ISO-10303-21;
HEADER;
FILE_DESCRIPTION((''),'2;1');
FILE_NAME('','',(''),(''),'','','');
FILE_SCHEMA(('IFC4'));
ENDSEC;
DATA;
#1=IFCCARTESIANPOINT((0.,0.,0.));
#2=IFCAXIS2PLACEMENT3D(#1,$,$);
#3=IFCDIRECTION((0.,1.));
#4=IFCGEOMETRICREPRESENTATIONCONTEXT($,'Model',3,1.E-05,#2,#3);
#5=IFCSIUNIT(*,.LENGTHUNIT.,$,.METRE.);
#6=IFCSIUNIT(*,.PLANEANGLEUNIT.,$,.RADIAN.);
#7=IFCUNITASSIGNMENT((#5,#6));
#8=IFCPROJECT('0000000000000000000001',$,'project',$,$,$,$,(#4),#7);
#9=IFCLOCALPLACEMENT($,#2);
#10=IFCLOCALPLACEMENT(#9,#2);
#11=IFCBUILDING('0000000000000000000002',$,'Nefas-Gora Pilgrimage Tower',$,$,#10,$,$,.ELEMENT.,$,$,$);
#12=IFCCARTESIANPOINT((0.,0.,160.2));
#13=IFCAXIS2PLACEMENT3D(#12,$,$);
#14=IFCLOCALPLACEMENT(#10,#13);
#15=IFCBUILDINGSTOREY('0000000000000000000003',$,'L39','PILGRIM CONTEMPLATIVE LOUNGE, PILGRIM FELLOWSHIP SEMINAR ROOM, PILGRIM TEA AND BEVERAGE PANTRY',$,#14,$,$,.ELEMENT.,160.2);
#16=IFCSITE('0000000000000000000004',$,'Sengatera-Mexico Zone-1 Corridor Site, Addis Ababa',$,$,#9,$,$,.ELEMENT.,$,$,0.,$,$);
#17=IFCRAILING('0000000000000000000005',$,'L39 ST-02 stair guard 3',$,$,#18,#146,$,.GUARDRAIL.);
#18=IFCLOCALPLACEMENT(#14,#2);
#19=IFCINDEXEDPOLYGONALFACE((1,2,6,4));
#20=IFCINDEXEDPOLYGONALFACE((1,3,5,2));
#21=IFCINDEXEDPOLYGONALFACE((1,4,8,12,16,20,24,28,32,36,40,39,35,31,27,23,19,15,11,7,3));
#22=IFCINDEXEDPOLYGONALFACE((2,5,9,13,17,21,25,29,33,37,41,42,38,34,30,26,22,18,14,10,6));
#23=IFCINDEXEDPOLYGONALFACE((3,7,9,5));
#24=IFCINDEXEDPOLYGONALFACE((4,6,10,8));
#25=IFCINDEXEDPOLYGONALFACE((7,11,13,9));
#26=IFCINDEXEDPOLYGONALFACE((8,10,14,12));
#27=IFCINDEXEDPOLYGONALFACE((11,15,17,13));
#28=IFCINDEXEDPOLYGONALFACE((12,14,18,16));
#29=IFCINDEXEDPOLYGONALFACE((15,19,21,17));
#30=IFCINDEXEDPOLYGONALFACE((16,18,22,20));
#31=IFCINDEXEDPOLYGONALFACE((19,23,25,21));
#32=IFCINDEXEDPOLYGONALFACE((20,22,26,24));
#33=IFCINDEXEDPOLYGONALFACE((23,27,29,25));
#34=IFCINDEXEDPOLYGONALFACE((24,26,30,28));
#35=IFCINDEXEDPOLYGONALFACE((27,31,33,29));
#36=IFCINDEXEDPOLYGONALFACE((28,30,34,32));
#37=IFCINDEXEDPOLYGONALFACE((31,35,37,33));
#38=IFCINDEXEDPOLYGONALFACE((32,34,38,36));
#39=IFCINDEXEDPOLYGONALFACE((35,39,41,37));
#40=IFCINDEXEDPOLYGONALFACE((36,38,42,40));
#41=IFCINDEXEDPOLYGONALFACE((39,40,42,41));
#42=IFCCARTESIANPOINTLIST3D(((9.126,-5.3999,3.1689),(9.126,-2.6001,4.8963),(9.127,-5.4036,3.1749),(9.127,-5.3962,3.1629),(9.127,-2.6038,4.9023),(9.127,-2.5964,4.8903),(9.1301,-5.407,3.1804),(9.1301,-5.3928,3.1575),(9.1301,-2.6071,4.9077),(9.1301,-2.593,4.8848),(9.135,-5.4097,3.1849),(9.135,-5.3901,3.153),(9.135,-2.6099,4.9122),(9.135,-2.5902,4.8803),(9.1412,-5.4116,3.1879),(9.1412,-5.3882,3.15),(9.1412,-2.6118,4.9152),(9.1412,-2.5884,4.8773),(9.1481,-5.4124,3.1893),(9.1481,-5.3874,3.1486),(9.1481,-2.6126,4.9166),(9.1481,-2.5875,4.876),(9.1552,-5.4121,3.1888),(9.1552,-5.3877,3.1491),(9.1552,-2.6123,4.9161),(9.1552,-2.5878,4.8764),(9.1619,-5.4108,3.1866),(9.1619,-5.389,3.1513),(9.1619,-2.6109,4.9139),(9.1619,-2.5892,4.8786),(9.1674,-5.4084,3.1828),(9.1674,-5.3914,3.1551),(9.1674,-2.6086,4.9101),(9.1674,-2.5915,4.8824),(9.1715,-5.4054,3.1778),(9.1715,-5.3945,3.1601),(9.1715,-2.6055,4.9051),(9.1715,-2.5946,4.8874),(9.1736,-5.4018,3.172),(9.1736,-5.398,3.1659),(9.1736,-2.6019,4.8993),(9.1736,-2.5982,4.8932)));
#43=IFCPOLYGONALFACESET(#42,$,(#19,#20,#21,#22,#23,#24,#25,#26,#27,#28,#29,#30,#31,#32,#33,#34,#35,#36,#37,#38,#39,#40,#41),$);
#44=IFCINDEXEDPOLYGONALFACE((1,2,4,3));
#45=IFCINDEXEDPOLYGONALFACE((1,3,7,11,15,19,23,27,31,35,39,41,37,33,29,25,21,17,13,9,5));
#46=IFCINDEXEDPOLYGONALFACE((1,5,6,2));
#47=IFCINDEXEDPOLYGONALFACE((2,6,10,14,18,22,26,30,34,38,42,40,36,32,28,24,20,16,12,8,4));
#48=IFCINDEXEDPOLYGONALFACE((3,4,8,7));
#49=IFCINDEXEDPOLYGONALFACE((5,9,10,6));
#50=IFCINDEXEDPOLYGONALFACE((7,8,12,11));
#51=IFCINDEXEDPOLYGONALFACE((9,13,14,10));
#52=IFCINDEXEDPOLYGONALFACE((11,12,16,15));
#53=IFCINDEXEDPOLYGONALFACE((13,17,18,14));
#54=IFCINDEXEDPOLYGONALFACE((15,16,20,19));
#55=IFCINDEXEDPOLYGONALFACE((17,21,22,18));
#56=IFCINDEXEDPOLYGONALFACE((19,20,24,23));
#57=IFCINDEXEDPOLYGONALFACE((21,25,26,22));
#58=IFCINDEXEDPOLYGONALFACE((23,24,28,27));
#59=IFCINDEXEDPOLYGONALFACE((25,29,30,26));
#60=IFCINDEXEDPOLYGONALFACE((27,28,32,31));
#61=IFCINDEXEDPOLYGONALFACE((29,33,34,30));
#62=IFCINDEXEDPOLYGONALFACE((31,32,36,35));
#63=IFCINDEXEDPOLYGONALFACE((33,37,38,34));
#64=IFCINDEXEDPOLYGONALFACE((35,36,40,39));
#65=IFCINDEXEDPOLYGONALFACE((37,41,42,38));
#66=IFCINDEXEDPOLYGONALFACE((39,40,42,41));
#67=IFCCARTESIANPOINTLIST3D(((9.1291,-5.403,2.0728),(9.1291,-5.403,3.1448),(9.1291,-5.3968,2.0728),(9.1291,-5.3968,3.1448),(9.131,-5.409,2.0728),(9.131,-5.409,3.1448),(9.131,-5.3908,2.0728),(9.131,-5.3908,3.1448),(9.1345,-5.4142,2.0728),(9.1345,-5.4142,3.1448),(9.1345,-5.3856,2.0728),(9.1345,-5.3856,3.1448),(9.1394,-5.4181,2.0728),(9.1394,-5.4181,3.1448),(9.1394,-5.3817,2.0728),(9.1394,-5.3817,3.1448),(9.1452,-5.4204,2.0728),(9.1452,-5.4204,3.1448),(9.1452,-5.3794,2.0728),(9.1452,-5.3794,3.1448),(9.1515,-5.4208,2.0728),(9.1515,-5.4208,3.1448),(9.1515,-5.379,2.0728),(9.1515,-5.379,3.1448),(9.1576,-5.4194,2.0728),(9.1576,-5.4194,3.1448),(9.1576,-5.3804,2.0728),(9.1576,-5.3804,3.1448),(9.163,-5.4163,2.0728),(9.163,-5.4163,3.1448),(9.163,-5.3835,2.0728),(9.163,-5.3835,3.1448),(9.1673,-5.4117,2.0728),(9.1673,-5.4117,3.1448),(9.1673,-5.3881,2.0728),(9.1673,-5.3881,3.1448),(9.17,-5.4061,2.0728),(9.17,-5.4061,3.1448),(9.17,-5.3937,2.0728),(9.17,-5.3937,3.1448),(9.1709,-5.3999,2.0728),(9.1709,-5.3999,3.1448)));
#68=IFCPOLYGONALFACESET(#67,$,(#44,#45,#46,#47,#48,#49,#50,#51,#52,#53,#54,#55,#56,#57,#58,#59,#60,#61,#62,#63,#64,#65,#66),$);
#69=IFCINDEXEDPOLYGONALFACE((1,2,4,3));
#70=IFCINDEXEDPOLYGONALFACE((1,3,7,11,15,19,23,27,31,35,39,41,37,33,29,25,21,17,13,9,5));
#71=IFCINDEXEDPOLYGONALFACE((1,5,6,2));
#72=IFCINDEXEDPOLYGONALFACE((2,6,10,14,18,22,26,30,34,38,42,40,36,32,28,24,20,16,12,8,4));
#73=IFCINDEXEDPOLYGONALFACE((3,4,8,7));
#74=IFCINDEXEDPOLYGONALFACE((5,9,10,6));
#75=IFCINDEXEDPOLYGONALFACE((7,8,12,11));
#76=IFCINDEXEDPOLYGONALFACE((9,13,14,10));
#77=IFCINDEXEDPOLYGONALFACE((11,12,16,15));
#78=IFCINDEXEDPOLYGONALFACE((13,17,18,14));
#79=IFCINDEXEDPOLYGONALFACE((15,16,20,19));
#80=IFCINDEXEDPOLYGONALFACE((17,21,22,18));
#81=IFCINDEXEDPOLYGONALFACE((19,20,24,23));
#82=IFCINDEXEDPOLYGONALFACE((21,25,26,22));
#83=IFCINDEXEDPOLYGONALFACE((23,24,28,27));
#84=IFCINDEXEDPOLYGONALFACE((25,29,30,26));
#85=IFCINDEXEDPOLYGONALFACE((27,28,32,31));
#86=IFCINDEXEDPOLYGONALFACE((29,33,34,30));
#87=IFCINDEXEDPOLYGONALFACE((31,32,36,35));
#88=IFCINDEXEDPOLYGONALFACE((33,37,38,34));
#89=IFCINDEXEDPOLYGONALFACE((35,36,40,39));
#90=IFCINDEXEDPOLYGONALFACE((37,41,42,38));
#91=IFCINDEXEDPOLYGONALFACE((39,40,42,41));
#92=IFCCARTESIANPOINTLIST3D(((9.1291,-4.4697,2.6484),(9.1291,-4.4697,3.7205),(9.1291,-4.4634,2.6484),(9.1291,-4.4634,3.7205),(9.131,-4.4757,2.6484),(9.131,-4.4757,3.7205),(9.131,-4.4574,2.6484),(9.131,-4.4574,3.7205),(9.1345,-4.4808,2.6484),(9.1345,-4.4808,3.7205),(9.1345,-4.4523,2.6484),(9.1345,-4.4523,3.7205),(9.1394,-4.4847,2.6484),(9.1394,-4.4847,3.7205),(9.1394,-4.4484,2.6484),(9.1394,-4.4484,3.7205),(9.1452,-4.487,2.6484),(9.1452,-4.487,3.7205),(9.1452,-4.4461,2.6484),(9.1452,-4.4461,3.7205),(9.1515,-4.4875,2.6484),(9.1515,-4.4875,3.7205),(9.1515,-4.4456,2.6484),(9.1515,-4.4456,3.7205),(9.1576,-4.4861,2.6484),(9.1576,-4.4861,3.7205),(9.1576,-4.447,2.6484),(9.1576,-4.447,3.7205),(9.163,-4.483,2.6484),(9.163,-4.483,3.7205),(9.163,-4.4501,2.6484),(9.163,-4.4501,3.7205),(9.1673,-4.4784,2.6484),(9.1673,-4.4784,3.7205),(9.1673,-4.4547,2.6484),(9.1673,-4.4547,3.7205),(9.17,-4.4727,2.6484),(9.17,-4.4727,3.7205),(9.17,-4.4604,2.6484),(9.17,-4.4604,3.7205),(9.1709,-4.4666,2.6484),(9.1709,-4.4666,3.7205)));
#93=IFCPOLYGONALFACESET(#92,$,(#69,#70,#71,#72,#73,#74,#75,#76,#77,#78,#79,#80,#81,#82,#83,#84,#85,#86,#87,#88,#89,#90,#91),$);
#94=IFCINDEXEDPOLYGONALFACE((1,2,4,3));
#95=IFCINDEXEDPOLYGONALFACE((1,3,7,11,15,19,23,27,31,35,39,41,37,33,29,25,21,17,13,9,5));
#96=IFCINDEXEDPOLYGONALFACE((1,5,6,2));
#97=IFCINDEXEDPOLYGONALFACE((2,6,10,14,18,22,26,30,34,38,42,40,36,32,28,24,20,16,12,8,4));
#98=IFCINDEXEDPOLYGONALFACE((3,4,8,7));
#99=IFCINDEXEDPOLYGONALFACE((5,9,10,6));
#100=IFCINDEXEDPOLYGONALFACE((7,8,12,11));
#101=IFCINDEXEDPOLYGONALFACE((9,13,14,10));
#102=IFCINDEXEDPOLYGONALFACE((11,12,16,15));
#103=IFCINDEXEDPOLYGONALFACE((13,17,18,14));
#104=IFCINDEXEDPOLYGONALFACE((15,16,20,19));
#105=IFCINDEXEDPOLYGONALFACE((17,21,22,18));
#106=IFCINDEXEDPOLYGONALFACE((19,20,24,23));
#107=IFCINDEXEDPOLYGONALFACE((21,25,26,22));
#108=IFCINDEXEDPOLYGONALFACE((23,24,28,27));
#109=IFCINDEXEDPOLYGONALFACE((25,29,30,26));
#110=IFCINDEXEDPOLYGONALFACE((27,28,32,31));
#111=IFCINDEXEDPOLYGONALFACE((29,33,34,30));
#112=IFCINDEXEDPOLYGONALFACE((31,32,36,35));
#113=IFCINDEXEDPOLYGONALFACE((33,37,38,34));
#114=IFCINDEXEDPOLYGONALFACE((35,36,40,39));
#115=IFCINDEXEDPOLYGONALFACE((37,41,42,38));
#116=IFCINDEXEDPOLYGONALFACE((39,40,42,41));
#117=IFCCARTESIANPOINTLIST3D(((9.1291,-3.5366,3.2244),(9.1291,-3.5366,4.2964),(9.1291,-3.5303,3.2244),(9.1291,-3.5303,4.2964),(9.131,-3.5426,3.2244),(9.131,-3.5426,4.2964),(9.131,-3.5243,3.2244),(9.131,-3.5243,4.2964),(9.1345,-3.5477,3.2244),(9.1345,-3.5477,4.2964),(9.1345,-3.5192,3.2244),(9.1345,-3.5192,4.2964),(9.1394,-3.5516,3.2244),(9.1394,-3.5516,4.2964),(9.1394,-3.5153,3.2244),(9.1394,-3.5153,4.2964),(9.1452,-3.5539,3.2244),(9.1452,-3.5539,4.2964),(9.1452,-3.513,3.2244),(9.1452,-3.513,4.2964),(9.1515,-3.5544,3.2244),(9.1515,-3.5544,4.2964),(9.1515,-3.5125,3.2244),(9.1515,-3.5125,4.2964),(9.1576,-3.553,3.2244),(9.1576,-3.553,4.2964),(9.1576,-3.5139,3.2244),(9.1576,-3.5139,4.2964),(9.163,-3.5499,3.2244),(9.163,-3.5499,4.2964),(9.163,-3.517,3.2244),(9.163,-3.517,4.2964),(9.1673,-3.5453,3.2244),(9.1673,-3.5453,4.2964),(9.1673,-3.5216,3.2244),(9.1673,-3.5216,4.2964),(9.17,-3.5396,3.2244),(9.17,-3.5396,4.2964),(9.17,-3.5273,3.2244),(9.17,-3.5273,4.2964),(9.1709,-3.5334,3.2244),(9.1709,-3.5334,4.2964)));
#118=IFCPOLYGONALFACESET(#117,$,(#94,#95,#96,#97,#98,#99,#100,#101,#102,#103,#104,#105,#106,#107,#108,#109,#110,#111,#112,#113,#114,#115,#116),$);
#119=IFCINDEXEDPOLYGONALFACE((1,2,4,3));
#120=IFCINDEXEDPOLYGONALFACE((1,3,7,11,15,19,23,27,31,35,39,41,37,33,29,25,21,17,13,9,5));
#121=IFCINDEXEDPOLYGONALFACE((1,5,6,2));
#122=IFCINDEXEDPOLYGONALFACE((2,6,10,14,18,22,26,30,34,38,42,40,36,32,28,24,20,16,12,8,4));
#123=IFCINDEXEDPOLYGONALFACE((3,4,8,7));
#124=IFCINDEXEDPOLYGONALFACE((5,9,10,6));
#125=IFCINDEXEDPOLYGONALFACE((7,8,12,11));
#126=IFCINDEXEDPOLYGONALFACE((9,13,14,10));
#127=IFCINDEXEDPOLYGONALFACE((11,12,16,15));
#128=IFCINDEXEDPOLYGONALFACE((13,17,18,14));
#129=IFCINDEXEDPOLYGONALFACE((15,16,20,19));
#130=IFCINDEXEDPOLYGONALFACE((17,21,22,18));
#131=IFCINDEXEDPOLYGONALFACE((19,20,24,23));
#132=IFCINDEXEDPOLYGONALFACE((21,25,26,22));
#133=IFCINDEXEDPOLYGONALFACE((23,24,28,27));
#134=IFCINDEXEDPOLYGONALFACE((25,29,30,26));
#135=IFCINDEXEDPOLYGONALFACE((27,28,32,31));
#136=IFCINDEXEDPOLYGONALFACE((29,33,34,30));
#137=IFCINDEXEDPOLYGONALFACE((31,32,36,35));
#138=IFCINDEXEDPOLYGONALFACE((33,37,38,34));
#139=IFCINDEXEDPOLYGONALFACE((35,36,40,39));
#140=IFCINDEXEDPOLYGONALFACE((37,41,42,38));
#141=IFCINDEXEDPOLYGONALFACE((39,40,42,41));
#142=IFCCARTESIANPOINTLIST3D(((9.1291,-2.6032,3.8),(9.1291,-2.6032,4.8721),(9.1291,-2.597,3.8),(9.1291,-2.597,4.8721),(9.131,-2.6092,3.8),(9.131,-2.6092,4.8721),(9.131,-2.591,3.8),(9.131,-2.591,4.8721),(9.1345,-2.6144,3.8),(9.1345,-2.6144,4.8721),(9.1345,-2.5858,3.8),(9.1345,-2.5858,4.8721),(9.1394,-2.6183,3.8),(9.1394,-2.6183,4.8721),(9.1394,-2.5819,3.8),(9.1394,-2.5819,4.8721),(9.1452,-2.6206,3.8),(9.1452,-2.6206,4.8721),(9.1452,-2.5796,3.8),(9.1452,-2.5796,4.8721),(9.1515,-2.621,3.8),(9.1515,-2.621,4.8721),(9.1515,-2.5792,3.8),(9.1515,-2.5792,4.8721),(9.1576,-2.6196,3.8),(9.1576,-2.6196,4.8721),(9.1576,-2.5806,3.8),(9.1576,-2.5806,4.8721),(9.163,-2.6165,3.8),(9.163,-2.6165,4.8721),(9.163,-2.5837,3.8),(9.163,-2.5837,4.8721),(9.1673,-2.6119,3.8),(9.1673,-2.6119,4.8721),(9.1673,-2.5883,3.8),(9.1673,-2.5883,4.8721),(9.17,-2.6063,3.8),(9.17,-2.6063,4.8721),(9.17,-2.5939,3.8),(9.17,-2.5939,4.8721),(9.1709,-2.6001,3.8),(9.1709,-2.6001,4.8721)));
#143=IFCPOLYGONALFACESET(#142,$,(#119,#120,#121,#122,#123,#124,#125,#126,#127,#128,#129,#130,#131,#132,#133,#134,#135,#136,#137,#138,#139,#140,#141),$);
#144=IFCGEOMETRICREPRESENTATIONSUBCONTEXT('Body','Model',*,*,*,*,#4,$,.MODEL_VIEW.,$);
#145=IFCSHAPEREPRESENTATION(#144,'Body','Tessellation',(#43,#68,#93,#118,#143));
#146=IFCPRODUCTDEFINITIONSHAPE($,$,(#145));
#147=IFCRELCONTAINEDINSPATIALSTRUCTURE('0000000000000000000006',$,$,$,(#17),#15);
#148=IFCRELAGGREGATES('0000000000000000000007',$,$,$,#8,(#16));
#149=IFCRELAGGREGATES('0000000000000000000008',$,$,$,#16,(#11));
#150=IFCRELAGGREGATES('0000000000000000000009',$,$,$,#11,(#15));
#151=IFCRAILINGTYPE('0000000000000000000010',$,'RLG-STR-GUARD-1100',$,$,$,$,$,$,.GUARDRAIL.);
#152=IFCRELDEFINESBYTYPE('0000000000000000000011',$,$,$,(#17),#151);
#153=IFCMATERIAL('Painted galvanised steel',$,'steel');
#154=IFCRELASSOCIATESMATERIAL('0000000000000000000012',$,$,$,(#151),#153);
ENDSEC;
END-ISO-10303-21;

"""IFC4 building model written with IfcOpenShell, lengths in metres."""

from ifc_helpers import new_model, si_unit, direction, frame, origin, origin_2d, place, context, subcontext, project, spatial, circle, extrude, material, type_object, element, save


model = new_model("IFC4")

# Units and contexts
model_context = context("Model", 3, precision=1e-05, world=origin(), true_north=direction((0.0, 1.0)))
body_context = subcontext(model_context, "Body", "Model", "MODEL_VIEW")
ifc_project = project(units=[si_unit("LENGTHUNIT", "METRE"), si_unit("PLANEANGLEUNIT", "RADIAN")], contexts=[model_context])

# Site, building, storey
site_placement = place(None, origin())
site = spatial("IfcSite", under=ifc_project, at=site_placement, Name="Sengatera-Mexico Zone-1 Corridor Site, Addis Ababa", CompositionType="ELEMENT", RefElevation=0.0)
building_placement = place(site_placement, origin())
building = spatial("IfcBuilding", under=site, at=building_placement, Name="Nefas-Gora Pilgrimage Tower", CompositionType="ELEMENT")
storey_placement = place(building_placement, frame((0.0, 0.0, 160.2)))
storey = spatial("IfcBuildingStorey", under=building, at=storey_placement, Name="L39", Description="PILGRIM CONTEMPLATIVE LOUNGE, PILGRIM FELLOWSHIP SEMINAR ROOM, PILGRIM TEA AND BEVERAGE PANTRY", CompositionType="ELEMENT", Elevation=160.2)

# Railing
ifc_material_1 = material(Name="Painted galvanised steel", Category="steel")
railing_type_1 = type_object("IfcRailingType", Name="RLG-STR-GUARD-1100", PredefinedType="GUARDRAIL", material=ifc_material_1)
railing_1_placement = place(storey_placement, frame((9.1499, -5.3999, 2.0728)))
element("IfcRailing", 1, at=railing_1_placement, inside=storey, type_object=railing_type_1, Name="L39 ST-02 stair guard 3", PredefinedType="GUARDRAIL", context=body_context, shape_type="SweptSolid", body=[
    extrude(circle(Radius=0.0239, at=origin_2d()), frame((0.0, 0.0, 1.0962), z_axis=(0.0, 0.851069, 0.525054), x_axis=(-1.0, 0.0, 0.0)), (0.0, 0.0, 1.0), 3.2898),
    extrude(circle(Radius=0.021, at=origin_2d()), origin(), (0.0, 0.0, 1.0), 1.072),
    extrude(circle(Radius=0.021, at=origin_2d()), frame((0.0, 0.9333, 0.5757)), (0.0, 0.0, 1.0), 1.072),
    extrude(circle(Radius=0.021, at=origin_2d()), frame((0.0, 1.8665, 1.1516)), (0.0, 0.0, 1.0), 1.072),
    extrude(circle(Radius=0.021, at=origin_2d()), frame((0.0, 2.7998, 1.7273)), (0.0, 0.0, 1.0), 1.072),
])

save(model, "model.ifc")
